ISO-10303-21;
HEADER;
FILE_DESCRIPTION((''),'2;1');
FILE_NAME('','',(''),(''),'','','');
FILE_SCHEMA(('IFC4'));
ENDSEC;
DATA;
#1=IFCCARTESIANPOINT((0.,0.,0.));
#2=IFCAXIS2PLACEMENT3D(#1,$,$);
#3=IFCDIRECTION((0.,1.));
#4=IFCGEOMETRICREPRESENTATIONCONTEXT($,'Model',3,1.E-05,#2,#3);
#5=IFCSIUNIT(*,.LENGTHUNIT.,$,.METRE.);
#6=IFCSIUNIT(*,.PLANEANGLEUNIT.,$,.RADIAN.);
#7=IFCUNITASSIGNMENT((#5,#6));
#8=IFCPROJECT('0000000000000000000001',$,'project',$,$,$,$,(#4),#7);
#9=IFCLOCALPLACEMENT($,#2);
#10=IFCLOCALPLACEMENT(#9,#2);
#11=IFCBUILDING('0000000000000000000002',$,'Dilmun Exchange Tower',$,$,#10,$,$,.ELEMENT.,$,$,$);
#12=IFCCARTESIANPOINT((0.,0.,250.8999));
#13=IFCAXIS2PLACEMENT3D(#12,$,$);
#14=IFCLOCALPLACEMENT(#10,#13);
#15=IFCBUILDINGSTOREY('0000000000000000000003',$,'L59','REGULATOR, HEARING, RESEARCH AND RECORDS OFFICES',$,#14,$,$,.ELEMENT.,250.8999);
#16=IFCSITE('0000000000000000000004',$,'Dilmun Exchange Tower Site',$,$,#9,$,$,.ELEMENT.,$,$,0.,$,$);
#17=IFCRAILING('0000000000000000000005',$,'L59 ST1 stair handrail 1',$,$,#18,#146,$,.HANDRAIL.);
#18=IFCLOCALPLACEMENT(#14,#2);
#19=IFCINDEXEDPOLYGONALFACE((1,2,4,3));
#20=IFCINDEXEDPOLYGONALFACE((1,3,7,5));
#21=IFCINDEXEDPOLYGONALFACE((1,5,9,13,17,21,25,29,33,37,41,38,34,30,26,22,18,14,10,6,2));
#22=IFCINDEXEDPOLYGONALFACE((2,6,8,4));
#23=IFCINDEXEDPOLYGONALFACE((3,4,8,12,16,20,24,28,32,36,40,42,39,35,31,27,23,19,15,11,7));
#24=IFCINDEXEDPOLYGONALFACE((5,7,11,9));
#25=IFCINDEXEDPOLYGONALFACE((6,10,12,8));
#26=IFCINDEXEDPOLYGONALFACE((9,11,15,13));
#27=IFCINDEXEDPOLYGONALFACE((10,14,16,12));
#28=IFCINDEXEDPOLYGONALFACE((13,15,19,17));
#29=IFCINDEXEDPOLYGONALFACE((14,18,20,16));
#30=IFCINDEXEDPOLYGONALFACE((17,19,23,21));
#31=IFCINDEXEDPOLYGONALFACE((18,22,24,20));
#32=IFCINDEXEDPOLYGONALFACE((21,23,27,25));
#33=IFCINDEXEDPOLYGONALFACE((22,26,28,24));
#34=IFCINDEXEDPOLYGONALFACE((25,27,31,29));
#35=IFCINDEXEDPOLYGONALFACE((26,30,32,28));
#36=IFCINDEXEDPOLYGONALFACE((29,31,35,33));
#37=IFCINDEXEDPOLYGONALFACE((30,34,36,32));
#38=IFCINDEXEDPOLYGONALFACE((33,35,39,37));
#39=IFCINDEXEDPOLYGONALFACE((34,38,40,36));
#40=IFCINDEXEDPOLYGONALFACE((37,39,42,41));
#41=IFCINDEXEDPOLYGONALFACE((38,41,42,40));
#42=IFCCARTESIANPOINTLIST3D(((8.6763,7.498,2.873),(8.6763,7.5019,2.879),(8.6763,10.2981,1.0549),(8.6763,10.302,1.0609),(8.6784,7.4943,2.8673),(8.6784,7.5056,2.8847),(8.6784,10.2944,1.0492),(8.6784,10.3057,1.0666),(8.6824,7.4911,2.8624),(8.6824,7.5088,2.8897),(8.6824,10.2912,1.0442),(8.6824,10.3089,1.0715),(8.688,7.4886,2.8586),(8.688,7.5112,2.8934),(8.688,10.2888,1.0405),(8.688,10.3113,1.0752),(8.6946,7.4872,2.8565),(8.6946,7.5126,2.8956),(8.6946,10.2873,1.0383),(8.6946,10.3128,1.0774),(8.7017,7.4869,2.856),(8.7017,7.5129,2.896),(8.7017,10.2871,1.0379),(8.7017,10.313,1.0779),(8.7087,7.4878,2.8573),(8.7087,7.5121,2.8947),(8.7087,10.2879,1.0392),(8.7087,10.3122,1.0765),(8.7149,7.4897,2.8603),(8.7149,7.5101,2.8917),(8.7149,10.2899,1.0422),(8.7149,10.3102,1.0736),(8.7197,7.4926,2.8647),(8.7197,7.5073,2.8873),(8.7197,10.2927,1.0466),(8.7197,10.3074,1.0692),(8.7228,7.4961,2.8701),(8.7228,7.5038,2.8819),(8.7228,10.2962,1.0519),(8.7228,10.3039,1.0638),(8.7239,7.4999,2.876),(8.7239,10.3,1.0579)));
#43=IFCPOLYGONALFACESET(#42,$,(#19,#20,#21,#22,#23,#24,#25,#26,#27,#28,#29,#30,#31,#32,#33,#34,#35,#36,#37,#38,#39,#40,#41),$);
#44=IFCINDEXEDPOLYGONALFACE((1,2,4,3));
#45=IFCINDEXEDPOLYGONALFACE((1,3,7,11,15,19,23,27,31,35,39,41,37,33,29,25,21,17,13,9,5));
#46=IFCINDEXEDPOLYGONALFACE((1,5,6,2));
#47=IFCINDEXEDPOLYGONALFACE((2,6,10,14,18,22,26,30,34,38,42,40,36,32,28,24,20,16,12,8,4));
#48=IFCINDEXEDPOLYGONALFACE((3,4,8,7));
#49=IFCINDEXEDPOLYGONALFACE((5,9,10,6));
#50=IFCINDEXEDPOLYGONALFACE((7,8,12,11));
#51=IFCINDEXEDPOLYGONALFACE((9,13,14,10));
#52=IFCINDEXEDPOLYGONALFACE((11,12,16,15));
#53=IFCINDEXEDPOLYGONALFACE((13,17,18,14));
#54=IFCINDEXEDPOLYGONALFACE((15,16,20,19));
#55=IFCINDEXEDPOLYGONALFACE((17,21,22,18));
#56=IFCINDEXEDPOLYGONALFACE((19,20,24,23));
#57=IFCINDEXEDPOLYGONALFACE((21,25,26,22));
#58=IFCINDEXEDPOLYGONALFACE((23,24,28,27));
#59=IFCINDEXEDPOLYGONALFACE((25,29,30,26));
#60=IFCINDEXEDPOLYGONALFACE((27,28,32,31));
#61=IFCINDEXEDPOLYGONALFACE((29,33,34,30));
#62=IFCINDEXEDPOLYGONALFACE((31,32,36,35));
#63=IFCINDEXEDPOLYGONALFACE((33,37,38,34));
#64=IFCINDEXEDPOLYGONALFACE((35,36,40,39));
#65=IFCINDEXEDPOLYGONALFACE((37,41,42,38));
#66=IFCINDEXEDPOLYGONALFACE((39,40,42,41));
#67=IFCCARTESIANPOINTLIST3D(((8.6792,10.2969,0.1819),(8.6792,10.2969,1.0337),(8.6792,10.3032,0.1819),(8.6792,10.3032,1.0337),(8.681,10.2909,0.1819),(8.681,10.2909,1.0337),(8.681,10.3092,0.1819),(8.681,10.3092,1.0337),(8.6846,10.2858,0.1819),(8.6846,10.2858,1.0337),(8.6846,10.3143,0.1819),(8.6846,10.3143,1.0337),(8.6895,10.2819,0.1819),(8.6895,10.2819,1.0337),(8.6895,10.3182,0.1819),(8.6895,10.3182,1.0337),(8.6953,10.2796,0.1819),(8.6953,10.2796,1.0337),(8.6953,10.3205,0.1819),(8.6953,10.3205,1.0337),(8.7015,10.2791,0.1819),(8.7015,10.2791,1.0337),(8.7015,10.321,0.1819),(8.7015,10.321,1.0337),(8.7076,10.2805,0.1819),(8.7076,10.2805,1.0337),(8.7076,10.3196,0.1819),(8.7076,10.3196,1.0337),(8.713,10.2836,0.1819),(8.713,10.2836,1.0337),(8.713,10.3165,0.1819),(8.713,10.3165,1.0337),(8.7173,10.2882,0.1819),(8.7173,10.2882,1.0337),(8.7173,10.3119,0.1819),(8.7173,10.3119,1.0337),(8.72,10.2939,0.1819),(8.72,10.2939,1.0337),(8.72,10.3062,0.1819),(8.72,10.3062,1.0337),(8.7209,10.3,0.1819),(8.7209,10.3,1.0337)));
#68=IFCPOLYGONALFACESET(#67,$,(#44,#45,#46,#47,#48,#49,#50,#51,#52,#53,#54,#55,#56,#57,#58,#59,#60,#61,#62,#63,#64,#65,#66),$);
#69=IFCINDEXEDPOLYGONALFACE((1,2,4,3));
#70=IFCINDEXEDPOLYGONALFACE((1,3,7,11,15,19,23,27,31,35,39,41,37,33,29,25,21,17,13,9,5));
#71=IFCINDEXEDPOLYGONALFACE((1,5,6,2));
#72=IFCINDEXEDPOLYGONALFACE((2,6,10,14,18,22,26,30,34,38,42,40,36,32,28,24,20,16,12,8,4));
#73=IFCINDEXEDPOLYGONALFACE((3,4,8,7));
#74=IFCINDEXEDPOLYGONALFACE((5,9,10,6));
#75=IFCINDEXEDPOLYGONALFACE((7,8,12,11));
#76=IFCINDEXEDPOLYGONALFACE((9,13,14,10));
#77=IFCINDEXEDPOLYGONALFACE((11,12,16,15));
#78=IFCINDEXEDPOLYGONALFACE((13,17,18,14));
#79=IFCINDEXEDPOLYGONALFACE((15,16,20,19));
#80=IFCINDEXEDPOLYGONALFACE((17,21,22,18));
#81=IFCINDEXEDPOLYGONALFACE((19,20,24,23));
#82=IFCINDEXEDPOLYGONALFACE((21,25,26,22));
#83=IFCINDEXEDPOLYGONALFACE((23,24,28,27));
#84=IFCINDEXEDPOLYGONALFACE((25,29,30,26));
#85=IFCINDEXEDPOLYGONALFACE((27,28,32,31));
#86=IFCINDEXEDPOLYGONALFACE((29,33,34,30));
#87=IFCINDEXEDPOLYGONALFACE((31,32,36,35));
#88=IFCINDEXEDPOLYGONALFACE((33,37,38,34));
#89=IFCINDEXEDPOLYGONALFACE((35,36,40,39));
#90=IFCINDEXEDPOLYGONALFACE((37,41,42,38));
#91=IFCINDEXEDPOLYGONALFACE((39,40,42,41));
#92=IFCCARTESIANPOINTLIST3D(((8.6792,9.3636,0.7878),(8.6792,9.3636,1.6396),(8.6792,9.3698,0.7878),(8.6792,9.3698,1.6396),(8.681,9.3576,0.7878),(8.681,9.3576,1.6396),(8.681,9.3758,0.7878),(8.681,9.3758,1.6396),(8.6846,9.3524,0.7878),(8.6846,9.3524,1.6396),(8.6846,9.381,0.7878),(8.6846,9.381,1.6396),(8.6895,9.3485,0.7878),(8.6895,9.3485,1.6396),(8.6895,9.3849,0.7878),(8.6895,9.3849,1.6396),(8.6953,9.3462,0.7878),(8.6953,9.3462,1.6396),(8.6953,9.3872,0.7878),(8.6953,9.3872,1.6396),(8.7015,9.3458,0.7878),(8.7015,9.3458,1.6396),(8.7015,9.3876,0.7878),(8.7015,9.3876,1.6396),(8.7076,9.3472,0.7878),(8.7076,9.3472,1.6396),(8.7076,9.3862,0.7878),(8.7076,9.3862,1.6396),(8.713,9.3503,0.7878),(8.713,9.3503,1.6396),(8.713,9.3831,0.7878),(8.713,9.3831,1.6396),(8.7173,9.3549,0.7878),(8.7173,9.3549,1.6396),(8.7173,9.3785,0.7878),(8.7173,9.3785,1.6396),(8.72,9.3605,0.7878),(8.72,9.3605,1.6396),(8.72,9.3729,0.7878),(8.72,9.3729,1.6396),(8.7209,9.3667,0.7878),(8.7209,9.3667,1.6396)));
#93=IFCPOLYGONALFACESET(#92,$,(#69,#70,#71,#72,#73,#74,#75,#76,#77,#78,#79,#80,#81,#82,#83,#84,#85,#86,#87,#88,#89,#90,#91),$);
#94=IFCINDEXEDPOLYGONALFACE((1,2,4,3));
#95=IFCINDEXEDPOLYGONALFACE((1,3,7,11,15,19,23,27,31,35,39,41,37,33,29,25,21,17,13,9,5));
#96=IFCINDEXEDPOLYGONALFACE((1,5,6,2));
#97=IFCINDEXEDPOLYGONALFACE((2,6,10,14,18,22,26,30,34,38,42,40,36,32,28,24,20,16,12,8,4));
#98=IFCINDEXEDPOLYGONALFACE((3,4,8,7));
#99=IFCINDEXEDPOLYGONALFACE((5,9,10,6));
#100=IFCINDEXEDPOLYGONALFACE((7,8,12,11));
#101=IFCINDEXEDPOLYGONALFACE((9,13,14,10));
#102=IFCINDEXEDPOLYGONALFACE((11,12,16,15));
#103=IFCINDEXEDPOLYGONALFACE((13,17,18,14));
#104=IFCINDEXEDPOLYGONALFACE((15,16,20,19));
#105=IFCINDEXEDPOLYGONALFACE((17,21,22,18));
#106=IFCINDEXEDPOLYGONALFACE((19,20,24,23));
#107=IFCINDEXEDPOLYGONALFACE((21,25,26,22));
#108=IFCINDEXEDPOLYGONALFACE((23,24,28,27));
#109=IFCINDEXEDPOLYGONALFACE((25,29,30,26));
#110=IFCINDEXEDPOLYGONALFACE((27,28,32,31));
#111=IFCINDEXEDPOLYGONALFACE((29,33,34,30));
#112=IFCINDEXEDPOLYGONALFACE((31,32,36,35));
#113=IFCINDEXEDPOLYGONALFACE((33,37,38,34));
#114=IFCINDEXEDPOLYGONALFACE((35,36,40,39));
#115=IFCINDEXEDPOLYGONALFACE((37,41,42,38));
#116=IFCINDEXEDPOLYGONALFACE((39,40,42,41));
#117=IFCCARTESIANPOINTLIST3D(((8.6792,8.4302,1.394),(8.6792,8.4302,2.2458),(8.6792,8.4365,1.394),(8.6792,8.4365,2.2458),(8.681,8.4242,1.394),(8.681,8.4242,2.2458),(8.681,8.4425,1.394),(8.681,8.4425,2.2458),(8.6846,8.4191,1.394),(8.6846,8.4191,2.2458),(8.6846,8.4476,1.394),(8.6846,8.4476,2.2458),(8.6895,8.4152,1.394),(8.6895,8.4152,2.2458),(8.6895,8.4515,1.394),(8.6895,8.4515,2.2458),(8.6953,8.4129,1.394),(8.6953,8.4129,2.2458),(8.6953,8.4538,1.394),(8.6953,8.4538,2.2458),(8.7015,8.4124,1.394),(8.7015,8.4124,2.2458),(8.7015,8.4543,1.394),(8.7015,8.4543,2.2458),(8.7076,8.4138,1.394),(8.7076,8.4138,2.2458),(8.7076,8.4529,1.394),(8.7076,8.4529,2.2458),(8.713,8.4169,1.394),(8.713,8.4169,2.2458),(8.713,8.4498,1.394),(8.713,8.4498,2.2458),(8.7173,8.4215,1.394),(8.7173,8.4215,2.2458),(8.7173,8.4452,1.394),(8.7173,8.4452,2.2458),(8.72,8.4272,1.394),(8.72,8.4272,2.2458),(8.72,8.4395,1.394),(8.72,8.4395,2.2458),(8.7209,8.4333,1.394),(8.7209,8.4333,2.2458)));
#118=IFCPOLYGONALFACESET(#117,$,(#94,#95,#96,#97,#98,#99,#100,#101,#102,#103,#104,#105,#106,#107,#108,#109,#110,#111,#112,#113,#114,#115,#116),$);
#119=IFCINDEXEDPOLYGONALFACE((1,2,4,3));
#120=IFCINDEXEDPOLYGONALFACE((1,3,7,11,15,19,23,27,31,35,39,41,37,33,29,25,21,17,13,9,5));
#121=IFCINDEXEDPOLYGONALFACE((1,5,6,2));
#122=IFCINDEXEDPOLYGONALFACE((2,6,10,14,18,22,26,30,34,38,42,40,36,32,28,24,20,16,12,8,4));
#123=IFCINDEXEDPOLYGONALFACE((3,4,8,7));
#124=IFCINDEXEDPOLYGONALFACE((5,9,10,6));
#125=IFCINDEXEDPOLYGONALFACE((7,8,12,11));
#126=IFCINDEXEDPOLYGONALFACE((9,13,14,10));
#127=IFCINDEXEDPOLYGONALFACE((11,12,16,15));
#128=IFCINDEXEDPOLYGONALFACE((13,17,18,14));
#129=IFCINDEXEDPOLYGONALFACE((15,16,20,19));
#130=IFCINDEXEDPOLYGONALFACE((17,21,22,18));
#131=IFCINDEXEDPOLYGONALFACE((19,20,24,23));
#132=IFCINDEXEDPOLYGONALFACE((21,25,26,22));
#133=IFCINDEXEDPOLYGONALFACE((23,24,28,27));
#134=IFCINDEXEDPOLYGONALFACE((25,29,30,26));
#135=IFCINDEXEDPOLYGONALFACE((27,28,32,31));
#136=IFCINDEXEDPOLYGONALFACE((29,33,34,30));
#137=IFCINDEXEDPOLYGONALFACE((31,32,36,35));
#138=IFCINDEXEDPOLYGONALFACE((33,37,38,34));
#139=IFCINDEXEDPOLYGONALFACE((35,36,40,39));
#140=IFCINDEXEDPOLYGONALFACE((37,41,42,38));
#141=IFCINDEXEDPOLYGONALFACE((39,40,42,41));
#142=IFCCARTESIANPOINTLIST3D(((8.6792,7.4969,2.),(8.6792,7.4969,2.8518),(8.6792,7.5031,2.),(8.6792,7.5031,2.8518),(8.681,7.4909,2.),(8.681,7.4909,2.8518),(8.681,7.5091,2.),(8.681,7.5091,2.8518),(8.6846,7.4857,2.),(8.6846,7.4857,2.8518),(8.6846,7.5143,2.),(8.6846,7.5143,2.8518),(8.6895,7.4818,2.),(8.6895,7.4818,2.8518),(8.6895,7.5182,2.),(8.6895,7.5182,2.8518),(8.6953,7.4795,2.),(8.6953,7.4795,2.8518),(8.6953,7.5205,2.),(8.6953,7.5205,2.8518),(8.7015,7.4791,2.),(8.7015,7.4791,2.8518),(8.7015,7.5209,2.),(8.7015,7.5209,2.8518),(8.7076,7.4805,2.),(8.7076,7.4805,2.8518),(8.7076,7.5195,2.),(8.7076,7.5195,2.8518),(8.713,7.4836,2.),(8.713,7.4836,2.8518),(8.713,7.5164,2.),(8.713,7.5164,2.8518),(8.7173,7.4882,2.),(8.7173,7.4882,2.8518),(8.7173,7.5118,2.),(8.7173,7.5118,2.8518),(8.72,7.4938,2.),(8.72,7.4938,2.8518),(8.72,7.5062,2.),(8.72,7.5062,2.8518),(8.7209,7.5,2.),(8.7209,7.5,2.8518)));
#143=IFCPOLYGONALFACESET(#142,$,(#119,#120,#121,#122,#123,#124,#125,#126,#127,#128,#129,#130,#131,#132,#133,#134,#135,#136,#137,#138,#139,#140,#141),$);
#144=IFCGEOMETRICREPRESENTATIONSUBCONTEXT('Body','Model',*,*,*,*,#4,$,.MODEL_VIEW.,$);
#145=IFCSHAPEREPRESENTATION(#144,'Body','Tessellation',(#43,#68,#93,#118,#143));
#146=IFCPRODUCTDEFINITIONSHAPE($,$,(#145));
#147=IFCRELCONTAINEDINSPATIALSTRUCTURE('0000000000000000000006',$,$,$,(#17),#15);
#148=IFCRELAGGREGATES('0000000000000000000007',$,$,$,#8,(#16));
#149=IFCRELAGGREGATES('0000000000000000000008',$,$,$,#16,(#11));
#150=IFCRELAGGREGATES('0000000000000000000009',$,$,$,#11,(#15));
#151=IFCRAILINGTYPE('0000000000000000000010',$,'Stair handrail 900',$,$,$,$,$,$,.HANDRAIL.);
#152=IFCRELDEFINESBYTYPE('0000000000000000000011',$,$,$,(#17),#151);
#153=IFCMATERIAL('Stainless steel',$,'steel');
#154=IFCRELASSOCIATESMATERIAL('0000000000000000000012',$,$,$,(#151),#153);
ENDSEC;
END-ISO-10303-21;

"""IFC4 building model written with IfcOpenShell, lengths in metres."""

from ifc_helpers import new_model, si_unit, direction, frame, origin, origin_2d, place, context, subcontext, project, spatial, circle, extrude, material, type_object, element, save


model = new_model("IFC4")

# Units and contexts
model_context = context("Model", 3, precision=1e-05, world=origin(), true_north=direction((0.0, 1.0)))
body_context = subcontext(model_context, "Body", "Model", "MODEL_VIEW")
ifc_project = project(units=[si_unit("LENGTHUNIT", "METRE"), si_unit("PLANEANGLEUNIT", "RADIAN")], contexts=[model_context])

# Site, building, storey
site_placement = place(None, origin())
site = spatial("IfcSite", under=ifc_project, at=site_placement, Name="Dilmun Exchange Tower Site", CompositionType="ELEMENT", RefElevation=0.0)
building_placement = place(site_placement, origin())
building = spatial("IfcBuilding", under=site, at=building_placement, Name="Dilmun Exchange Tower", CompositionType="ELEMENT")
storey_placement = place(building_placement, frame((0.0, 0.0, 250.8999)))
storey = spatial("IfcBuildingStorey", under=building, at=storey_placement, Name="L59", Description="REGULATOR, HEARING, RESEARCH AND RECORDS OFFICES", CompositionType="ELEMENT", Elevation=250.8999)

# Railing
ifc_material_1 = material(Name="Stainless steel", Category="steel")
railing_type = type_object("IfcRailingType", Name="Stair handrail 900", PredefinedType="HANDRAIL", material=ifc_material_1)
railing_1_placement = place(storey_placement, frame((8.7, 10.3, 0.1819)))
element("IfcRailing", 1, at=railing_1_placement, inside=storey, type_object=railing_type, Name="L59 ST1 stair handrail 1", PredefinedType="HANDRAIL", context=body_context, shape_type="SweptSolid", body=[
    extrude(circle(Radius=0.0239, at=origin_2d()), frame((0.0, 0.0, 0.876), z_axis=(0.0, -0.838706, 0.544585), x_axis=(1.0, 0.0, 0.0)), (0.0, 0.0, 1.0), 3.3386),
    extrude(circle(Radius=0.021, at=origin_2d()), origin(), (0.0, 0.0, 1.0), 0.8518),
    extrude(circle(Radius=0.021, at=origin_2d()), frame((0.0, -0.9333, 0.606)), (0.0, 0.0, 1.0), 0.8518),
    extrude(circle(Radius=0.021, at=origin_2d()), frame((0.0, -1.8667, 1.2122)), (0.0, 0.0, 1.0), 0.8518),
    extrude(circle(Radius=0.021, at=origin_2d()), frame((0.0, -2.8, 1.8181)), (0.0, 0.0, 1.0), 0.8518),
])

save(model, "model.ifc")
